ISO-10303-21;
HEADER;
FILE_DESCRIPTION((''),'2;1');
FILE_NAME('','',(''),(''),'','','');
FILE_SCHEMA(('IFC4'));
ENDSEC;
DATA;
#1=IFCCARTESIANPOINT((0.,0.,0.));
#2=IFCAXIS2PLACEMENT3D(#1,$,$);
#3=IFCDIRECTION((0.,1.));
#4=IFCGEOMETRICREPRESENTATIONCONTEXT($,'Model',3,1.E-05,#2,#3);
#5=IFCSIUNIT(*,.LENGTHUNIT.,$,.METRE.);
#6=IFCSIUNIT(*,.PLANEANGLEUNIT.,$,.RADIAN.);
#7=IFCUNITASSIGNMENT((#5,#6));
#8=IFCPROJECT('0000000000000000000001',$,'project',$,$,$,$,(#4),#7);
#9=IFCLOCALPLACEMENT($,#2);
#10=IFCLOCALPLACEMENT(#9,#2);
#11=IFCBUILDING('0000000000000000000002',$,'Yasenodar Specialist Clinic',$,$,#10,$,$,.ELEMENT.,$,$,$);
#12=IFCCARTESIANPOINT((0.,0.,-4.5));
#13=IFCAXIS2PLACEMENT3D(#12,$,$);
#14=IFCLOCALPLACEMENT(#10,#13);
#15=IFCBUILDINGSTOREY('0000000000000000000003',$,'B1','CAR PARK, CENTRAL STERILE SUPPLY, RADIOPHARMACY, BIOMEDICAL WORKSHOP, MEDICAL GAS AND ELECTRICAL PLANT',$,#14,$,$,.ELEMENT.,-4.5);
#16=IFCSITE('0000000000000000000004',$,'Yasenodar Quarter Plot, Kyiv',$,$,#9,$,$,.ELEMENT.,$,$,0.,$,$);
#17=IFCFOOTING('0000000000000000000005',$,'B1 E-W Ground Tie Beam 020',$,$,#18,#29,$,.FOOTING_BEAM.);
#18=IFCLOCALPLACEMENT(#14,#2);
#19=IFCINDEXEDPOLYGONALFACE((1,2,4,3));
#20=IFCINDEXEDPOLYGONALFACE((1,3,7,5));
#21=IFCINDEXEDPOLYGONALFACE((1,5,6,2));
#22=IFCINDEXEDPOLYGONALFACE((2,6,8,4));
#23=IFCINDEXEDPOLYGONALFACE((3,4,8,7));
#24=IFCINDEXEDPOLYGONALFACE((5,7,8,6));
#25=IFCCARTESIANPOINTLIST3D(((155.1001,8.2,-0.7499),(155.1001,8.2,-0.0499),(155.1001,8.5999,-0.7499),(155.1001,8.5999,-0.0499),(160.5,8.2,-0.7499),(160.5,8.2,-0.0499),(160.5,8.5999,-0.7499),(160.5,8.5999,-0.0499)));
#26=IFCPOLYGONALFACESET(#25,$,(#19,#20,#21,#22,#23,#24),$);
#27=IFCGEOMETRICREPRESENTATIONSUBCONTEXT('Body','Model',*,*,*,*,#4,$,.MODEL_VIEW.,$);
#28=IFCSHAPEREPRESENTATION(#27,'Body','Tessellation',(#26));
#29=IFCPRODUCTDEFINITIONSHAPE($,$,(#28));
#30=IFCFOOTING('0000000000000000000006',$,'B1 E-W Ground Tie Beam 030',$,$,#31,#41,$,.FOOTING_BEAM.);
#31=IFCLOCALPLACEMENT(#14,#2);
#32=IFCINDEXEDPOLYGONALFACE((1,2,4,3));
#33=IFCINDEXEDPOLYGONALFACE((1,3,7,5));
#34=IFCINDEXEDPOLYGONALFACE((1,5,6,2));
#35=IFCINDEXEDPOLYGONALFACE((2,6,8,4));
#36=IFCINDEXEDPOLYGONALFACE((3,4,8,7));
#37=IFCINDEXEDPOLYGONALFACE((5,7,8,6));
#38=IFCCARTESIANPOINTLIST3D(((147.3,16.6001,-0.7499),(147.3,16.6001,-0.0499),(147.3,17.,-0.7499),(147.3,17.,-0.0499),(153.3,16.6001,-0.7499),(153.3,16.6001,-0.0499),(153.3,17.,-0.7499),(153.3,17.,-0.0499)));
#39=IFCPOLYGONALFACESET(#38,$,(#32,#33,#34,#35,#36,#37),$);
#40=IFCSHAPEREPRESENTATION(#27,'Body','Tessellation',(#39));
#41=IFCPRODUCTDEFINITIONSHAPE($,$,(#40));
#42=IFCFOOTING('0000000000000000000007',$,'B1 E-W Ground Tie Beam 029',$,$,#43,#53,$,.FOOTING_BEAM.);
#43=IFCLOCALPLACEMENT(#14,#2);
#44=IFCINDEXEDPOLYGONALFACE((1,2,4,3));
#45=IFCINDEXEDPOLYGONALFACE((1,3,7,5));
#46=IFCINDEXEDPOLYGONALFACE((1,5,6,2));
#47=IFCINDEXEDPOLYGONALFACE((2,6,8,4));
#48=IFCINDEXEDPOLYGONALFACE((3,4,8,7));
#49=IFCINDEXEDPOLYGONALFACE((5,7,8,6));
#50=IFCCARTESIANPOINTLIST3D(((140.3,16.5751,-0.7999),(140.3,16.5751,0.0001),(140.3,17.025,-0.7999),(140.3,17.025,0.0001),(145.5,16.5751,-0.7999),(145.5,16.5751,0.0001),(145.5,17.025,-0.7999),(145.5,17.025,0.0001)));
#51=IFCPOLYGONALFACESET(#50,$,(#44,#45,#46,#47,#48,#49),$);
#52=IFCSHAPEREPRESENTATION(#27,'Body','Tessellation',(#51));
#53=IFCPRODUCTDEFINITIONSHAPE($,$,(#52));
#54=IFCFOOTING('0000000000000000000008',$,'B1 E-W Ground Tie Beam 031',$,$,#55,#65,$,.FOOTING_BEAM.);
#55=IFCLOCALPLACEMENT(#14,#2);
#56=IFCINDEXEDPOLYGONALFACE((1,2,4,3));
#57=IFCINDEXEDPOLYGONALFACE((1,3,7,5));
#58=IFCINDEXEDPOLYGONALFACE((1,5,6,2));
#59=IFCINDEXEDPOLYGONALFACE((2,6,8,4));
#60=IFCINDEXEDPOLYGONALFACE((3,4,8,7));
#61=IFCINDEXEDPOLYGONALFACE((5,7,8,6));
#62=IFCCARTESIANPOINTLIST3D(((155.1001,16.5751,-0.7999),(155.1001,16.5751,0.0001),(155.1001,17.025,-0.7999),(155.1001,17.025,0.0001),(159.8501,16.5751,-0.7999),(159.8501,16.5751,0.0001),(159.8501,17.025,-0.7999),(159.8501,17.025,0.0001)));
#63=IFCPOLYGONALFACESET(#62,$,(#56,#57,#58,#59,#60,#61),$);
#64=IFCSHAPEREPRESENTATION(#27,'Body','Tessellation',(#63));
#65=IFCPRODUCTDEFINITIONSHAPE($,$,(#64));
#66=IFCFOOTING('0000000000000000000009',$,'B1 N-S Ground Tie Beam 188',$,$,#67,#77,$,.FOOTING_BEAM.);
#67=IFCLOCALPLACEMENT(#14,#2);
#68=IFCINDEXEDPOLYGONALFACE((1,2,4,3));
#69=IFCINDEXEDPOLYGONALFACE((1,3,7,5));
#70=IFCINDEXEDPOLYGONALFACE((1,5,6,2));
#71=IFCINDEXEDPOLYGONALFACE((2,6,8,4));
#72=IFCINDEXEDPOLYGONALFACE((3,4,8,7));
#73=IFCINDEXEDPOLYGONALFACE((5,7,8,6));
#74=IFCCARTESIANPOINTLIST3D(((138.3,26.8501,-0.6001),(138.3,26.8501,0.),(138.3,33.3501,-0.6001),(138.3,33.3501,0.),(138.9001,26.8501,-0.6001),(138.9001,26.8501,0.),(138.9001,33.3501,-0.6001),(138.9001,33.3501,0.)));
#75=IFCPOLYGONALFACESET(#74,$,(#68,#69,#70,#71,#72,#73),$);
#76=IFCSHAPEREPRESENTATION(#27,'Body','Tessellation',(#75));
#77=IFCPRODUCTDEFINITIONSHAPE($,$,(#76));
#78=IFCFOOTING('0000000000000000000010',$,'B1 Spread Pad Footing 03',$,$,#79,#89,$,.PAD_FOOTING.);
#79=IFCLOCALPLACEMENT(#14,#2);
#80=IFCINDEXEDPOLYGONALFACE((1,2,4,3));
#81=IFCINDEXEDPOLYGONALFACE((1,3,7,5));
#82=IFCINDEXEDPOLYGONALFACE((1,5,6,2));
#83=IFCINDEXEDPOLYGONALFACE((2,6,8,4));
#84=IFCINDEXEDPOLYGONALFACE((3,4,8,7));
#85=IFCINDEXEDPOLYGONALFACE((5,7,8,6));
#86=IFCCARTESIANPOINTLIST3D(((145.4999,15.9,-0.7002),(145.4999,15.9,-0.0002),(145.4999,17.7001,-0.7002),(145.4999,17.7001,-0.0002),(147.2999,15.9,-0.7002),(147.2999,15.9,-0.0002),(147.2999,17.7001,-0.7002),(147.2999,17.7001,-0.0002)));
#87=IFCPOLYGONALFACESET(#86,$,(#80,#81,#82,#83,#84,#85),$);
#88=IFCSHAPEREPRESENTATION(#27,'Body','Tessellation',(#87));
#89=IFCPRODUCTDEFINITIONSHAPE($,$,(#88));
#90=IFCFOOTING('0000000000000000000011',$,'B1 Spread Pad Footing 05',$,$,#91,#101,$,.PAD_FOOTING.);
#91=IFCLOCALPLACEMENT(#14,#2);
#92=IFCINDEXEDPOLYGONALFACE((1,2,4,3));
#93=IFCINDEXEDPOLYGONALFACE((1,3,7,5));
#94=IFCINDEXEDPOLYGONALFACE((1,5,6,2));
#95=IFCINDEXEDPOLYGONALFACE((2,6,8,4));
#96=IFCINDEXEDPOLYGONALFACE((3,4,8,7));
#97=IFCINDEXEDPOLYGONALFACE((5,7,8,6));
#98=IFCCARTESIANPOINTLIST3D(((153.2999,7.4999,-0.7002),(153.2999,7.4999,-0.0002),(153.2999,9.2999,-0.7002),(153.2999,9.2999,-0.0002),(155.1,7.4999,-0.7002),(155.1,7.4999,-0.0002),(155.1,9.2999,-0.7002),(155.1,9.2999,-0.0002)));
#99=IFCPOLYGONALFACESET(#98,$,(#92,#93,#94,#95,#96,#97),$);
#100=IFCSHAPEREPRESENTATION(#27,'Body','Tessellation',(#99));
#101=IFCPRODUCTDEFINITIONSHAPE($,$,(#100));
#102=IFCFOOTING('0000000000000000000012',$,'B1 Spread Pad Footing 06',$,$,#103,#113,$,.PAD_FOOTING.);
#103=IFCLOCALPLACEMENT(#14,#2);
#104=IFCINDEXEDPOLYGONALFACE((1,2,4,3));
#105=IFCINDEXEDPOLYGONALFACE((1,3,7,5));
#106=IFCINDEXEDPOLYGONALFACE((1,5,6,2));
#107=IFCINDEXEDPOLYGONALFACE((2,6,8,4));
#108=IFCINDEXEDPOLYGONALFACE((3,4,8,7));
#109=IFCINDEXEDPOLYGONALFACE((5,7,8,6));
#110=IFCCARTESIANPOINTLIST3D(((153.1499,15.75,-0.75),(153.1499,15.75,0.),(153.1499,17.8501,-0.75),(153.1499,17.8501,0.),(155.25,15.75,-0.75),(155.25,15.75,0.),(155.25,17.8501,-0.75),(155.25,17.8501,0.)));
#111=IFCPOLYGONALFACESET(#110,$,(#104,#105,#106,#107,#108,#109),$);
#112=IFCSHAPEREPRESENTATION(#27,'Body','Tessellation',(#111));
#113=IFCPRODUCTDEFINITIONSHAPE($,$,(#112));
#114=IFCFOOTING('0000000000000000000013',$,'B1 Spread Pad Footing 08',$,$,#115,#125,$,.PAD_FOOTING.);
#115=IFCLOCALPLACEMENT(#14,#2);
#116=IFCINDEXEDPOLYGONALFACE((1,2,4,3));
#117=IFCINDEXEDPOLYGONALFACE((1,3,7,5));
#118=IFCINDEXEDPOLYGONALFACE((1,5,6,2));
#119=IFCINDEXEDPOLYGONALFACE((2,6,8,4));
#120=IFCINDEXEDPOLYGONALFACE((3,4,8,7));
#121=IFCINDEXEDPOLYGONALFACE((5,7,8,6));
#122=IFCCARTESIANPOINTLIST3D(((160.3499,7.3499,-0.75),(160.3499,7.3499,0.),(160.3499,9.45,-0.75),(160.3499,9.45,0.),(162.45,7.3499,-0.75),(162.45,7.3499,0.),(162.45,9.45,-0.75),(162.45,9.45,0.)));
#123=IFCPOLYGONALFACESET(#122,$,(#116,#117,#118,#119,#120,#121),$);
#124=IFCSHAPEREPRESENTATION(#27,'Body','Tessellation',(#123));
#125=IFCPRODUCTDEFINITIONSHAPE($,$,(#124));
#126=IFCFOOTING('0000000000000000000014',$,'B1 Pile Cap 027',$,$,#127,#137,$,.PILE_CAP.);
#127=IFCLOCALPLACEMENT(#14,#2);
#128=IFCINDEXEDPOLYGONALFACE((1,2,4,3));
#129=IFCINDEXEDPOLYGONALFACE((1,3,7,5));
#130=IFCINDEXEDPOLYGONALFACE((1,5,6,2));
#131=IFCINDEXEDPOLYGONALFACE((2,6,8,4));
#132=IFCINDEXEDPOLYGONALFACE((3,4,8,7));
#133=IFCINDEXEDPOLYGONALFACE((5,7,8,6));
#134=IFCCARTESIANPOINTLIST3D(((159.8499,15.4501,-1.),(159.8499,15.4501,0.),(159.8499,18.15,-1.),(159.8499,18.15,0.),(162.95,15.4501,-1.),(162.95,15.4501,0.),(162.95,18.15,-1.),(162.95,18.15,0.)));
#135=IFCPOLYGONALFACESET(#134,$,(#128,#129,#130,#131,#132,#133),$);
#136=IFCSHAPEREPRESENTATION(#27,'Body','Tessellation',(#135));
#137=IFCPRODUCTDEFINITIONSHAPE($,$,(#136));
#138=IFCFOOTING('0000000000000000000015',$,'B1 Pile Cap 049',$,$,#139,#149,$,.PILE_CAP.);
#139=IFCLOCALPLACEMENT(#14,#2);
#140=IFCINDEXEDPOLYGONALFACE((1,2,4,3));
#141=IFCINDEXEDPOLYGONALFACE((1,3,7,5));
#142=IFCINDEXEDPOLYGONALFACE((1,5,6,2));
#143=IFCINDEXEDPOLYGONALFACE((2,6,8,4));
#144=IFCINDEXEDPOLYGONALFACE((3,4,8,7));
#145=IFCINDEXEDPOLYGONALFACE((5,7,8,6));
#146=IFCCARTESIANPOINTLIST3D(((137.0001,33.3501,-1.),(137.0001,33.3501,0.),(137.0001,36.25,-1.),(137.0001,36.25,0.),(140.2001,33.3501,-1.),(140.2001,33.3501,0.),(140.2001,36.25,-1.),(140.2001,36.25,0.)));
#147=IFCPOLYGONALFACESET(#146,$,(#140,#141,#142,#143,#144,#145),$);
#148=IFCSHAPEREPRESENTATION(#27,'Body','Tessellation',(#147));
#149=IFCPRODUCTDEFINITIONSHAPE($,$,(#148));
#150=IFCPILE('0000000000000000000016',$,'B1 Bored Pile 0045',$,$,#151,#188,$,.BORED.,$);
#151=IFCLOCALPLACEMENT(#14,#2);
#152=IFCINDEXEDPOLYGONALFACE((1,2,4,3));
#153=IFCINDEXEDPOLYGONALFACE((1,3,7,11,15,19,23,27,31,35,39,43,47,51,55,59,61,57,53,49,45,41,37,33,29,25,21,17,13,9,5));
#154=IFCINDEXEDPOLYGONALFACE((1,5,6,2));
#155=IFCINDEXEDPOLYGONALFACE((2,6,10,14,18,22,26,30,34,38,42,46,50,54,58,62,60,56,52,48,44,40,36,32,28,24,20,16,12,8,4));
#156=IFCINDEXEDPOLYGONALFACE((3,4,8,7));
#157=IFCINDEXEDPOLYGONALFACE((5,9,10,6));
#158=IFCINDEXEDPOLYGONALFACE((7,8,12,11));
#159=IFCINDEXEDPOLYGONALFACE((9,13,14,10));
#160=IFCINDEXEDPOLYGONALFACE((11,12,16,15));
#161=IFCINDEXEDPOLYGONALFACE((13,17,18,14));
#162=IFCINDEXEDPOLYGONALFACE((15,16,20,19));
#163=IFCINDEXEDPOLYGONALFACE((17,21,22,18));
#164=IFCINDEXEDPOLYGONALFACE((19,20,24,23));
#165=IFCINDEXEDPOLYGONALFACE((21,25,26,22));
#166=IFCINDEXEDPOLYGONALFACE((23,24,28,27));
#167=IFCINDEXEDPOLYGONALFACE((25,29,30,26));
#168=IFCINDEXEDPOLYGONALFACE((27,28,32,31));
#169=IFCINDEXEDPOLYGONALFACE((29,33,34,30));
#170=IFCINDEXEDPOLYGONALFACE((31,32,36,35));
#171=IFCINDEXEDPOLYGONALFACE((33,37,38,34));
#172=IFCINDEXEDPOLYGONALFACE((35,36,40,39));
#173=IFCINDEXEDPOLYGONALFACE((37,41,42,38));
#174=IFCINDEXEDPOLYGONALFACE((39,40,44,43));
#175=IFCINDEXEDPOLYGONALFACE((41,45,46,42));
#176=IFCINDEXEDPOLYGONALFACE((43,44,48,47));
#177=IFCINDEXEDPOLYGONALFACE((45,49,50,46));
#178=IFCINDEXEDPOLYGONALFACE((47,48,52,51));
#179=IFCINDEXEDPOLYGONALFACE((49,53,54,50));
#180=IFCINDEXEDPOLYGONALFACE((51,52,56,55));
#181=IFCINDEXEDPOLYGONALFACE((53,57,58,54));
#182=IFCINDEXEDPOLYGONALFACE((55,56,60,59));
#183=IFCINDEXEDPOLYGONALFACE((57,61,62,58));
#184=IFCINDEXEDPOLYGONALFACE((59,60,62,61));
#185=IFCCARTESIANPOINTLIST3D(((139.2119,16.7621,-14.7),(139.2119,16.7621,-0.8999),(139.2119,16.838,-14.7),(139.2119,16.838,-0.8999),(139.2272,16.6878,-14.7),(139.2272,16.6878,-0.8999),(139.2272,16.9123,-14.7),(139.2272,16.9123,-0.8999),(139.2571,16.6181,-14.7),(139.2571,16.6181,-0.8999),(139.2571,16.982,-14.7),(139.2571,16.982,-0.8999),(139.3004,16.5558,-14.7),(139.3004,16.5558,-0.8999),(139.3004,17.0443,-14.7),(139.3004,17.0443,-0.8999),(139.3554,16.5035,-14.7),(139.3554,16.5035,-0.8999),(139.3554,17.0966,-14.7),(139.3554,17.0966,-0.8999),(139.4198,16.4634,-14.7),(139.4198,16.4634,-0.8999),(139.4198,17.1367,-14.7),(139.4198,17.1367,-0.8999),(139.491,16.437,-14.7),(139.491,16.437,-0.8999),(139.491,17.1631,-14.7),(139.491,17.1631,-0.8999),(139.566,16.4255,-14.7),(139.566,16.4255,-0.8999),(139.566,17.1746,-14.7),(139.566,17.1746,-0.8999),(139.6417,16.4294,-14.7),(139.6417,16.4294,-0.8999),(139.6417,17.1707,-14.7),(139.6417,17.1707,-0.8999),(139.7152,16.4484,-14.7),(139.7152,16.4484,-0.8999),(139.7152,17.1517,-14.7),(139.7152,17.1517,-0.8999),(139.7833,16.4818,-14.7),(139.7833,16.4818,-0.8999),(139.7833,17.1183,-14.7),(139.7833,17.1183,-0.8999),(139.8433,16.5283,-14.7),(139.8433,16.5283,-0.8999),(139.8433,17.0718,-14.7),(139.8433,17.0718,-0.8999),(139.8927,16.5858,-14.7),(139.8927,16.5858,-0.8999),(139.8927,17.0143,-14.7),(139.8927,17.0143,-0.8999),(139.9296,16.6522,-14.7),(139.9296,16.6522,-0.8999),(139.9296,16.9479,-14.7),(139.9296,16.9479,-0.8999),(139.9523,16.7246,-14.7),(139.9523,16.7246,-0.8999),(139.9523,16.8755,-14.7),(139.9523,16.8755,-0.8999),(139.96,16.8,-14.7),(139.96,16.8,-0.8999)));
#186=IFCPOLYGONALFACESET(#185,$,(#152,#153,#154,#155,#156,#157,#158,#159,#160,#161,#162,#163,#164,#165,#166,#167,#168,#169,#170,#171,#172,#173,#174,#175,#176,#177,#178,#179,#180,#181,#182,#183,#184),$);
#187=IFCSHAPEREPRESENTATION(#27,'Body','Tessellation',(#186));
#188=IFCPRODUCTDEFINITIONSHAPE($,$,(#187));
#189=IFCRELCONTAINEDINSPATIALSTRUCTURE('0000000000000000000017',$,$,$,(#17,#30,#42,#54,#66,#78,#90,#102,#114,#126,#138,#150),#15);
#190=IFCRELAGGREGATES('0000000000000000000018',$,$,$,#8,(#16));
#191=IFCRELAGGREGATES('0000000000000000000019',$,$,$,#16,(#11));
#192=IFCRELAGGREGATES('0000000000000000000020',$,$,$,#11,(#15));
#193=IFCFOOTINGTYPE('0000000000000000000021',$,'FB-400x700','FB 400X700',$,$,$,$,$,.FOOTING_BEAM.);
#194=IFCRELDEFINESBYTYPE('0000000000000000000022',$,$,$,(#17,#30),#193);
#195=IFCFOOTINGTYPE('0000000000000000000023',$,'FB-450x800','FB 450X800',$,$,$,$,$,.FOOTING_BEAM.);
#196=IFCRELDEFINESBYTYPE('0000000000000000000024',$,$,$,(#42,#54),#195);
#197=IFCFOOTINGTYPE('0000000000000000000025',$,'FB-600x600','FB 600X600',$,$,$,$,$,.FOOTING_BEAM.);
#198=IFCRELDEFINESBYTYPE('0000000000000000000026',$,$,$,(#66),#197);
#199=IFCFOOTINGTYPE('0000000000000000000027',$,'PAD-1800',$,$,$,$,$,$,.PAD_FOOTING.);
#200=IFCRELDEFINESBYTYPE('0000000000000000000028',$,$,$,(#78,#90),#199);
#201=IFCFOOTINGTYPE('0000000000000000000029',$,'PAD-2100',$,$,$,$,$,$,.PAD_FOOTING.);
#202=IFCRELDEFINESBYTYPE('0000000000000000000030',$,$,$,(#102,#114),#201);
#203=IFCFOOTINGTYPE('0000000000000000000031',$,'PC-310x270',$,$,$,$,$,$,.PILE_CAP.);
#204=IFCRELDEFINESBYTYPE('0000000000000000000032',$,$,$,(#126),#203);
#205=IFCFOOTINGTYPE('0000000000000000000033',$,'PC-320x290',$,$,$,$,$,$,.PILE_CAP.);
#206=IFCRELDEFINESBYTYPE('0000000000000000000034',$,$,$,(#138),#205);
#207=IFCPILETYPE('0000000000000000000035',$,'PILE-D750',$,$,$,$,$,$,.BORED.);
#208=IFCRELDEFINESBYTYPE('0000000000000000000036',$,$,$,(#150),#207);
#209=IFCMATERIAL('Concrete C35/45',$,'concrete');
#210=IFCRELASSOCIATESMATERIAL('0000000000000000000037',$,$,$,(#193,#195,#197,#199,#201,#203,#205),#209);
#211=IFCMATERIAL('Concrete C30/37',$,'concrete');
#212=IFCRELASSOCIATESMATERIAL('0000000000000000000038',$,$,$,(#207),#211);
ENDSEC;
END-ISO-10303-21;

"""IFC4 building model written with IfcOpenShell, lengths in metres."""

from ifc_helpers import new_model, si_unit, direction, frame, origin, origin_2d, place, context, subcontext, project, spatial, rectangle, circle, extrude, material, material_profile, profile_set, type_object, element, save


model = new_model("IFC4")

# Units and contexts
model_context = context("Model", 3, precision=1e-05, world=origin(), true_north=direction((0.0, 1.0)))
body_context = subcontext(model_context, "Body", "Model", "MODEL_VIEW")
ifc_project = project(units=[si_unit("LENGTHUNIT", "METRE"), si_unit("PLANEANGLEUNIT", "RADIAN")], contexts=[model_context])

# Site, building, storey
site_placement = place(None, origin())
site = spatial("IfcSite", under=ifc_project, at=site_placement, Name="Yasenodar Quarter Plot, Kyiv", CompositionType="ELEMENT", RefElevation=0.0)
building_placement = place(site_placement, origin())
building = spatial("IfcBuilding", under=site, at=building_placement, Name="Yasenodar Specialist Clinic", CompositionType="ELEMENT")
storey_placement = place(building_placement, frame((0.0, 0.0, -4.5)))
storey = spatial("IfcBuildingStorey", under=building, at=storey_placement, Name="B1", Description="CAR PARK, CENTRAL STERILE SUPPLY, RADIOPHARMACY, BIOMEDICAL WORKSHOP, MEDICAL GAS AND ELECTRICAL PLANT", CompositionType="ELEMENT", Elevation=-4.5)

# Footings
ifc_material_1 = material(Name="Concrete C35/45", Category="concrete")
ifc_material_profile_1 = material_profile(ifc_material_1, rectangle(XDim=0.3999, YDim=0.7, at=origin_2d()), Name="RC 400x700")
ifc_profile_set_1 = profile_set([ifc_material_profile_1], Name="Concrete C35/45")
footing_type_1 = type_object("IfcFootingType", Name="FB-400x700", Description="FB 400X700", PredefinedType="FOOTING_BEAM", material=ifc_profile_set_1)
footing_1_placement = place(storey_placement, frame((155.1001, 8.3999, -0.3999), z_axis=(1.0, 0.0, 0.0), x_axis=(0.0, 1.0, 0.0)))
element("IfcFooting", 1, at=footing_1_placement, inside=storey, type_object=footing_type_1, Name="B1 E-W Ground Tie Beam 020", PredefinedType="FOOTING_BEAM", context=body_context, shape_type="SweptSolid", body=[
    extrude(rectangle(XDim=0.3999, YDim=0.7, at=origin_2d()), origin(), (0.0, 0.0, 1.0), 5.3999),
])
footing_2_placement = place(storey_placement, frame((147.3, 16.8, -0.3999), z_axis=(1.0, 0.0, 0.0), x_axis=(0.0, 1.0, 0.0)))
element("IfcFooting", 2, at=footing_2_placement, inside=storey, type_object=footing_type_1, Name="B1 E-W Ground Tie Beam 030", PredefinedType="FOOTING_BEAM", context=body_context, shape_type="SweptSolid", body=[
    extrude(rectangle(XDim=0.3999, YDim=0.7, at=origin_2d()), origin(), (0.0, 0.0, 1.0), 6.0),
])
ifc_material_profile_2 = material_profile(ifc_material_1, rectangle(XDim=0.45, YDim=0.8, at=origin_2d()), Name="RC 450x800")
ifc_profile_set_2 = profile_set([ifc_material_profile_2], Name="Concrete C35/45")
footing_type_2 = type_object("IfcFootingType", Name="FB-450x800", Description="FB 450X800", PredefinedType="FOOTING_BEAM", material=ifc_profile_set_2)
footing_3_placement = place(storey_placement, frame((140.3, 16.8, -0.3999), z_axis=(1.0, 0.0, 0.0), x_axis=(0.0, 1.0, 0.0)))
element("IfcFooting", 3, at=footing_3_placement, inside=storey, type_object=footing_type_2, Name="B1 E-W Ground Tie Beam 029", PredefinedType="FOOTING_BEAM", context=body_context, shape_type="SweptSolid", body=[
    extrude(rectangle(XDim=0.45, YDim=0.8, at=origin_2d()), origin(), (0.0, 0.0, 1.0), 5.2),
])
footing_4_placement = place(storey_placement, frame((155.1001, 16.8, -0.3999), z_axis=(1.0, 0.0, 0.0), x_axis=(0.0, 1.0, 0.0)))
element("IfcFooting", 4, at=footing_4_placement, inside=storey, type_object=footing_type_2, Name="B1 E-W Ground Tie Beam 031", PredefinedType="FOOTING_BEAM", context=body_context, shape_type="SweptSolid", body=[
    extrude(rectangle(XDim=0.45, YDim=0.8, at=origin_2d()), origin(), (0.0, 0.0, 1.0), 4.75),
])
ifc_material_profile_3 = material_profile(ifc_material_1, rectangle(XDim=0.6001, YDim=0.6001, at=origin_2d()), Name="RC 600x600")
ifc_profile_set_3 = profile_set([ifc_material_profile_3], Name="Concrete C35/45")
footing_type_3 = type_object("IfcFootingType", Name="FB-600x600", Description="FB 600X600", PredefinedType="FOOTING_BEAM", material=ifc_profile_set_3)
footing_5_placement = place(storey_placement, frame((138.6001, 26.8501, -0.3), z_axis=(0.0, 1.0, 0.0), x_axis=(-1.0, 0.0, 0.0)))
element("IfcFooting", 5, at=footing_5_placement, inside=storey, type_object=footing_type_3, Name="B1 N-S Ground Tie Beam 188", PredefinedType="FOOTING_BEAM", context=body_context, shape_type="SweptSolid", body=[
    extrude(rectangle(XDim=0.6001, YDim=0.6001, at=origin_2d()), origin(), (0.0, 0.0, 1.0), 6.5),
])
footing_type_4 = type_object("IfcFootingType", Name="PAD-1800", PredefinedType="PAD_FOOTING", material=ifc_material_1)
for number, where, z_axis, x_axis, name in (
    (6, (146.3999, 16.8, -0.7002), (0.0, 0.0, 1.0), (1.0, 0.0, 0.0), "B1 Spread Pad Footing 03"),
    (7, (154.2, 8.3999, -0.7002), (0.0, 0.0, 1.0), (1.0, 0.0, 0.0), "B1 Spread Pad Footing 05"),
):
    element("IfcFooting", number, at=place(storey_placement, frame(where, z_axis=z_axis, x_axis=x_axis)), inside=storey, type_object=footing_type_4, Name=name, PredefinedType="PAD_FOOTING", context=body_context, shape_type="SweptSolid", body=[
        extrude(rectangle(XDim=1.8, YDim=1.8, at=origin_2d()), origin(), (0.0, 0.0, 1.0), 0.7),
    ])
footing_type_5 = type_object("IfcFootingType", Name="PAD-2100", PredefinedType="PAD_FOOTING", material=ifc_material_1)
for number, where, z_axis, x_axis, name in (
    (8, (154.2, 16.8, -0.75), (0.0, 0.0, 1.0), (1.0, 0.0, 0.0), "B1 Spread Pad Footing 06"),
    (9, (161.3999, 8.3999, -0.75), (0.0, 0.0, 1.0), (1.0, 0.0, 0.0), "B1 Spread Pad Footing 08"),
):
    element("IfcFooting", number, at=place(storey_placement, frame(where, z_axis=z_axis, x_axis=x_axis)), inside=storey, type_object=footing_type_5, Name=name, PredefinedType="PAD_FOOTING", context=body_context, shape_type="SweptSolid", body=[
        extrude(rectangle(XDim=2.1001, YDim=2.1001, at=origin_2d()), origin(), (0.0, 0.0, 1.0), 0.75),
    ])
footing_type_6 = type_object("IfcFootingType", Name="PC-310x270", PredefinedType="PILE_CAP", material=ifc_material_1)
footing_6_placement = place(storey_placement, frame((161.3999, 16.8, -1.0), z_axis=(0.0, 0.0, 1.0), x_axis=(1.0, 0.0, 0.0)))
element("IfcFooting", 10, at=footing_6_placement, inside=storey, type_object=footing_type_6, Name="B1 Pile Cap 027", PredefinedType="PILE_CAP", context=body_context, shape_type="SweptSolid", body=[
    extrude(rectangle(XDim=3.1001, YDim=2.7, at=origin_2d()), origin(), (0.0, 0.0, 1.0), 1.0),
])
footing_type_7 = type_object("IfcFootingType", Name="PC-320x290", PredefinedType="PILE_CAP", material=ifc_material_1)
footing_7_placement = place(storey_placement, frame((138.6001, 34.8, -1.0), z_axis=(0.0, 0.0, 1.0), x_axis=(1.0, 0.0, 0.0)))
element("IfcFooting", 11, at=footing_7_placement, inside=storey, type_object=footing_type_7, Name="B1 Pile Cap 049", PredefinedType="PILE_CAP", context=body_context, shape_type="SweptSolid", body=[
    extrude(rectangle(XDim=3.2, YDim=2.8999, at=origin_2d()), origin(), (0.0, 0.0, 1.0), 1.0),
])

# Pile
ifc_material_2 = material(Name="Concrete C30/37", Category="concrete")
ifc_material_profile_4 = material_profile(ifc_material_2, circle(Radius=0.375, at=origin_2d()), Name="PILE D750")
ifc_profile_set_4 = profile_set([ifc_material_profile_4], Name="Concrete C30/37")
pile_type_1 = type_object("IfcPileType", Name="PILE-D750", PredefinedType="BORED", material=ifc_profile_set_4)
for number, where, z_axis, x_axis, name in (
    (12, (139.585, 16.8, -0.8999), (0.0, 0.0, -1.0), (1.0, 0.0, 0.0), "B1 Bored Pile 0045"),
):
    element("IfcPile", number, at=place(storey_placement, frame(where, z_axis=z_axis, x_axis=x_axis)), inside=storey, type_object=pile_type_1, Name=name, PredefinedType="BORED", context=body_context, shape_type="SweptSolid", body=[
        extrude(circle(Radius=0.375, at=origin_2d()), origin(), (0.0, 0.0, 1.0), 13.8),
    ])

save(model, "model.ifc")
